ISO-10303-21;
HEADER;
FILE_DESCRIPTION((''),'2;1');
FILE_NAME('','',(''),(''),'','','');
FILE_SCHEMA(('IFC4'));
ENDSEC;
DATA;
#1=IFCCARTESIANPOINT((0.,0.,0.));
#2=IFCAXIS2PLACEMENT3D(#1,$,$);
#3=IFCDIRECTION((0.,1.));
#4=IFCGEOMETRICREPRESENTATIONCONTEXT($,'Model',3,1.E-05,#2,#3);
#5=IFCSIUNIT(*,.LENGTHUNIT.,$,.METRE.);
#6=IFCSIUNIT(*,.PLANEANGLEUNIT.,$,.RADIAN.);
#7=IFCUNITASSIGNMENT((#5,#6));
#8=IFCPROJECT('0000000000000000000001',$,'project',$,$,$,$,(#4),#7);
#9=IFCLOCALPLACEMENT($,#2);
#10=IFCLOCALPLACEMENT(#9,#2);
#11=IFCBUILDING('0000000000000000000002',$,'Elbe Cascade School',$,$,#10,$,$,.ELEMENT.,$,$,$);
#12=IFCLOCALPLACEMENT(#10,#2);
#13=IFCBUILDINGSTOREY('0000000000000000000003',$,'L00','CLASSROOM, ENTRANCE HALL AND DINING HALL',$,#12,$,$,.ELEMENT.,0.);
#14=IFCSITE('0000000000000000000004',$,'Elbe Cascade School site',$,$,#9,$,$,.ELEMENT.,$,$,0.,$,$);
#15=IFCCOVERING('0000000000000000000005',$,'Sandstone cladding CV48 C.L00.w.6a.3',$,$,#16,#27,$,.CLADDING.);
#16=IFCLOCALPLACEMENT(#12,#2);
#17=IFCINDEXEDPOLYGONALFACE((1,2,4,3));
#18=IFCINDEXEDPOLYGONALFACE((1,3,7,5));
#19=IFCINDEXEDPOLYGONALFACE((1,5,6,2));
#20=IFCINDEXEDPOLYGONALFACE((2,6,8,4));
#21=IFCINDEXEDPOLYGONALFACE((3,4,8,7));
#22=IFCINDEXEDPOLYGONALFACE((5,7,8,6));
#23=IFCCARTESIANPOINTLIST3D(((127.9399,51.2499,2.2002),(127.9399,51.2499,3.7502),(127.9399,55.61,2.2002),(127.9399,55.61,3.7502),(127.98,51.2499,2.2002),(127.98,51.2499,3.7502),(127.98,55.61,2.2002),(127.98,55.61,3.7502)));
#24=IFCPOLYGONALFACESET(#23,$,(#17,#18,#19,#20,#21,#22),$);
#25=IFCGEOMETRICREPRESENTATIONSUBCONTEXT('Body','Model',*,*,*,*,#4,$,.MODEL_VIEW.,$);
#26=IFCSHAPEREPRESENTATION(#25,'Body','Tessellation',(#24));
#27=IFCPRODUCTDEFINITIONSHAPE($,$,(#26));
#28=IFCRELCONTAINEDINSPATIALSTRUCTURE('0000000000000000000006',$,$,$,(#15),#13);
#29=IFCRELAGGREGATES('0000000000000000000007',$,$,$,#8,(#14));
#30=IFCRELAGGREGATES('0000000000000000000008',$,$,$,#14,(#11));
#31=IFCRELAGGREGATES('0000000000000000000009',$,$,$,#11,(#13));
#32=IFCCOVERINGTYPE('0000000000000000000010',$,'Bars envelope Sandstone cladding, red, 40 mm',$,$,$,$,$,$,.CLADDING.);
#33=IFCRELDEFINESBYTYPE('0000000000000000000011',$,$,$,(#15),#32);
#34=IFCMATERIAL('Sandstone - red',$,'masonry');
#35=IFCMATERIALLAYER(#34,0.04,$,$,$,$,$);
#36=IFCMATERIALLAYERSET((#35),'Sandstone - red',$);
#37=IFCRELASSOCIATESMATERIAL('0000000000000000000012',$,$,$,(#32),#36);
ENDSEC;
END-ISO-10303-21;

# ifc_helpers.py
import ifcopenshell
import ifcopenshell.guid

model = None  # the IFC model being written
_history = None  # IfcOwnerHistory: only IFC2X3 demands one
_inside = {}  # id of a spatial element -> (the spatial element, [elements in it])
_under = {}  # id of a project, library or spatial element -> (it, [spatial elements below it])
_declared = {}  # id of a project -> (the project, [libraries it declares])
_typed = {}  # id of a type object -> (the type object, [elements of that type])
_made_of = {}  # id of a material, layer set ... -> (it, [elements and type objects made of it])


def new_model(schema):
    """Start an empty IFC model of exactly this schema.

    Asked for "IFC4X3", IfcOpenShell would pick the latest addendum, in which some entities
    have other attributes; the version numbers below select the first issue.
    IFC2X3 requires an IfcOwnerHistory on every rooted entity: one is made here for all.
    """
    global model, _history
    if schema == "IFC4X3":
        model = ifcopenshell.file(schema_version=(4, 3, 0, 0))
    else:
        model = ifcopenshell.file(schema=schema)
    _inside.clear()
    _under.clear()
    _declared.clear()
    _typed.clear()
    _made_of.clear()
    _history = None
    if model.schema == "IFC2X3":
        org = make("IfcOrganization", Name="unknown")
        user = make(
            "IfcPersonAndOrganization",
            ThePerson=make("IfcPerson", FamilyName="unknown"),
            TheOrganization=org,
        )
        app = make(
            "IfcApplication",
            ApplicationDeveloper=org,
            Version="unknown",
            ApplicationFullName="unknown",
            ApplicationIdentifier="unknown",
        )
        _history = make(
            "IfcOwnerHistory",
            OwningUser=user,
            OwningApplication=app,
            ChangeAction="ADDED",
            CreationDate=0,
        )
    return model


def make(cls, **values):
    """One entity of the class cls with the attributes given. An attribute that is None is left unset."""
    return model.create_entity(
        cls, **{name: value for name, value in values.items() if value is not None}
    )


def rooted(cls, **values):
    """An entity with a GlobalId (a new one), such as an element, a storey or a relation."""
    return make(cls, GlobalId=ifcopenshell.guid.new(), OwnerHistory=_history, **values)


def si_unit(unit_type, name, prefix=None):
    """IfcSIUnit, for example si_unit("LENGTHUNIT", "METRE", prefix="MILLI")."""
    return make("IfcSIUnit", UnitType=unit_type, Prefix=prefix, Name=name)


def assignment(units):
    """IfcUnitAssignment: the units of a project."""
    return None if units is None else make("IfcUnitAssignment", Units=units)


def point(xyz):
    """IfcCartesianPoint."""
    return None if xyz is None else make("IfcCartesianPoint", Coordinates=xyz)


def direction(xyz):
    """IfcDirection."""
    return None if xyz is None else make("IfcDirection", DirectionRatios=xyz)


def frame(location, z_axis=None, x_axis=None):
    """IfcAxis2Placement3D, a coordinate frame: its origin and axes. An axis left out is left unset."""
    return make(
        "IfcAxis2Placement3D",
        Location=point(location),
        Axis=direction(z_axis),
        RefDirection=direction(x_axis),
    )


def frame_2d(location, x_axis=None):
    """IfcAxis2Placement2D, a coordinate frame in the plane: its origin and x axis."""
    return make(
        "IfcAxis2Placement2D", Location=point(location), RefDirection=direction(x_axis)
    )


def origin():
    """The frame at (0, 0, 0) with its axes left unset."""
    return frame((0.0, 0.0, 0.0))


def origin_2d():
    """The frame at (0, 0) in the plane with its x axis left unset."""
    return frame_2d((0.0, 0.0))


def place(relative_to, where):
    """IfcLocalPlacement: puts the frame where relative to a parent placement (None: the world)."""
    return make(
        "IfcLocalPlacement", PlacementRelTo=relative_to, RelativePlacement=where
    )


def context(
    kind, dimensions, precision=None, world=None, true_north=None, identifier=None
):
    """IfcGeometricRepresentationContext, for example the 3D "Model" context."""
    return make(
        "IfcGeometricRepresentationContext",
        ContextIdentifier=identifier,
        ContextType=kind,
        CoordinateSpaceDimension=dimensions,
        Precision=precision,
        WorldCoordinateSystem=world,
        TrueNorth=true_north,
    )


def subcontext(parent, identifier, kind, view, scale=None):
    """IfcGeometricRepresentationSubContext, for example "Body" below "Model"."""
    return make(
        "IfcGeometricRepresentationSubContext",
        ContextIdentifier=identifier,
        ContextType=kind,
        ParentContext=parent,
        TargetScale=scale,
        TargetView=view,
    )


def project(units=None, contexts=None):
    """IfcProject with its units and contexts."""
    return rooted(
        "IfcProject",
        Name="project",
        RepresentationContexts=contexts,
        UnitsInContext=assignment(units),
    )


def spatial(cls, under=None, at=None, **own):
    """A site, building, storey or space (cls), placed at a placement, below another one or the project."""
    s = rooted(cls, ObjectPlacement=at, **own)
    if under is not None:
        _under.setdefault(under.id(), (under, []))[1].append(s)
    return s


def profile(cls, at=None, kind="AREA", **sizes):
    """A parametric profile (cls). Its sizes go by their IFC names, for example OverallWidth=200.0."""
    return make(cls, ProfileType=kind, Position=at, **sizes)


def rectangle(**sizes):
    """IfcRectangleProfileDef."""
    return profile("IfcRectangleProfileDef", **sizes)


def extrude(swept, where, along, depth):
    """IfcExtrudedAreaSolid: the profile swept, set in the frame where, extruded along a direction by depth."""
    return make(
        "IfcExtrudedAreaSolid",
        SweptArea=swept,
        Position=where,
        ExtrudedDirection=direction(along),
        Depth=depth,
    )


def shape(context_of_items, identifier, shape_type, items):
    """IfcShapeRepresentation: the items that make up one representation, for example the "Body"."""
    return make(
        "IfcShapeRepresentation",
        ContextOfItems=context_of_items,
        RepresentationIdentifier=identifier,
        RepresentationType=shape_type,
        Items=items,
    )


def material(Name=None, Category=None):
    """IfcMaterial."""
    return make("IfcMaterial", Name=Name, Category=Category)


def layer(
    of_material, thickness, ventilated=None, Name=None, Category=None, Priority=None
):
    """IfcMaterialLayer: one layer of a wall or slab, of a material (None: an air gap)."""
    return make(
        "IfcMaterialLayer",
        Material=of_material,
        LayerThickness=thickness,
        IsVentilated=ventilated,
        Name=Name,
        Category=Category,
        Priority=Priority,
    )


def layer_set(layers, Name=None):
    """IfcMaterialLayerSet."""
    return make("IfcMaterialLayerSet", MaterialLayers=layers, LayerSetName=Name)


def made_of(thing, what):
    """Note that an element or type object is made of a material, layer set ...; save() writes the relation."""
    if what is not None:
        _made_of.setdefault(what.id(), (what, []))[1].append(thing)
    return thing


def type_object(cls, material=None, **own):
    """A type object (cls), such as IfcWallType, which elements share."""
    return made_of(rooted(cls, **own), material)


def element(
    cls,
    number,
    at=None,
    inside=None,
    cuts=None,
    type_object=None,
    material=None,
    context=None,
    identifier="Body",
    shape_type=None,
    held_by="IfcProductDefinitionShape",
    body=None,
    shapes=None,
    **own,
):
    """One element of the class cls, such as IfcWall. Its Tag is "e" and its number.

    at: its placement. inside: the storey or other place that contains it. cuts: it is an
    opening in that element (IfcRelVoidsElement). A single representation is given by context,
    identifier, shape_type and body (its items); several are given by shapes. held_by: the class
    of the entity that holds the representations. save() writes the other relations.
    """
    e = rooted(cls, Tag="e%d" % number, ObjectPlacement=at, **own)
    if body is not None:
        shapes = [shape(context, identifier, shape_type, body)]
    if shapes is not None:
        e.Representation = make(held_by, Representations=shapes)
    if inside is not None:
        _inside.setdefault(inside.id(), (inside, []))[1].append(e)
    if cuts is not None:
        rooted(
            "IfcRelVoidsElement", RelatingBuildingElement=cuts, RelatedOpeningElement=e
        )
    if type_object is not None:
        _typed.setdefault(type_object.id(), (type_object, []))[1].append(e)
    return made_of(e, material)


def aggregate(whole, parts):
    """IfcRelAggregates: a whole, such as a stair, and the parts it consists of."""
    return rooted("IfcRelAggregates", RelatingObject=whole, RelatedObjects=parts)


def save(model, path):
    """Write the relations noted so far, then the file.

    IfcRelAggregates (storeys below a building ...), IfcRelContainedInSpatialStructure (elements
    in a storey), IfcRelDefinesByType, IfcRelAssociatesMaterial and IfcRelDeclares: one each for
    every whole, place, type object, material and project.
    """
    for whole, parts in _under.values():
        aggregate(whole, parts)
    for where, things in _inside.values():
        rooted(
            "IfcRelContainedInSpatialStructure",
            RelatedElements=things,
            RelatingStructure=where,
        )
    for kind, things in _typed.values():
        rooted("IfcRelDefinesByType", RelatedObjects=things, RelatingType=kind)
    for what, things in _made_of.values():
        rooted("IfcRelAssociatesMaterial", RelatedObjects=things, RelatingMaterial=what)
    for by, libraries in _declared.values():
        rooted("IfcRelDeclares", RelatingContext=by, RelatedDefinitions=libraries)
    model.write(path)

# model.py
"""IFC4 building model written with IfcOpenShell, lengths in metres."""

from ifc_helpers import new_model, si_unit, direction, frame, origin, origin_2d, place, context, subcontext, project, spatial, rectangle, extrude, material, layer, layer_set, type_object, element, save


model = new_model("IFC4")

# Units and contexts
model_context = context("Model", 3, precision=1e-05, world=origin(), true_north=direction((0.0, 1.0)))
body_context = subcontext(model_context, "Body", "Model", "MODEL_VIEW")
ifc_project = project(units=[si_unit("LENGTHUNIT", "METRE"), si_unit("PLANEANGLEUNIT", "RADIAN")], contexts=[model_context])

# Site, building, storey
site_placement = place(None, origin())
site = spatial("IfcSite", under=ifc_project, at=site_placement, Name="Elbe Cascade School site", CompositionType="ELEMENT", RefElevation=0.0)
building_placement = place(site_placement, origin())
building = spatial("IfcBuilding", under=site, at=building_placement, Name="Elbe Cascade School", CompositionType="ELEMENT")
storey_placement = place(building_placement, origin())
storey = spatial("IfcBuildingStorey", under=building, at=storey_placement, Name="L00", Description="CLASSROOM, ENTRANCE HALL AND DINING HALL", CompositionType="ELEMENT", Elevation=0.0)

# Covering
ifc_material_1 = material(Name="Sandstone - red", Category="masonry")
ifc_layer_1 = layer(ifc_material_1, 0.04)
ifc_layer_set_1 = layer_set([ifc_layer_1], Name="Sandstone - red")
covering_type = type_object("IfcCoveringType", Name="Bars envelope Sandstone cladding, red, 40 mm", PredefinedType="CLADDING", material=ifc_layer_set_1)
covering_1_placement = place(storey_placement, frame((127.96, 53.4299, 2.2002), z_axis=(0.0, 0.0, 1.0), x_axis=(0.0, 1.0, 0.0)))
element("IfcCovering", 1, at=covering_1_placement, inside=storey, type_object=covering_type, Name="Sandstone cladding CV48 C.L00.w.6a.3", PredefinedType="CLADDING", context=body_context, shape_type="SweptSolid", body=[
    extrude(rectangle(XDim=4.3601, YDim=0.04, at=origin_2d()), origin(), (0.0, 0.0, 1.0), 1.55),
])

save(model, "model.ifc")
